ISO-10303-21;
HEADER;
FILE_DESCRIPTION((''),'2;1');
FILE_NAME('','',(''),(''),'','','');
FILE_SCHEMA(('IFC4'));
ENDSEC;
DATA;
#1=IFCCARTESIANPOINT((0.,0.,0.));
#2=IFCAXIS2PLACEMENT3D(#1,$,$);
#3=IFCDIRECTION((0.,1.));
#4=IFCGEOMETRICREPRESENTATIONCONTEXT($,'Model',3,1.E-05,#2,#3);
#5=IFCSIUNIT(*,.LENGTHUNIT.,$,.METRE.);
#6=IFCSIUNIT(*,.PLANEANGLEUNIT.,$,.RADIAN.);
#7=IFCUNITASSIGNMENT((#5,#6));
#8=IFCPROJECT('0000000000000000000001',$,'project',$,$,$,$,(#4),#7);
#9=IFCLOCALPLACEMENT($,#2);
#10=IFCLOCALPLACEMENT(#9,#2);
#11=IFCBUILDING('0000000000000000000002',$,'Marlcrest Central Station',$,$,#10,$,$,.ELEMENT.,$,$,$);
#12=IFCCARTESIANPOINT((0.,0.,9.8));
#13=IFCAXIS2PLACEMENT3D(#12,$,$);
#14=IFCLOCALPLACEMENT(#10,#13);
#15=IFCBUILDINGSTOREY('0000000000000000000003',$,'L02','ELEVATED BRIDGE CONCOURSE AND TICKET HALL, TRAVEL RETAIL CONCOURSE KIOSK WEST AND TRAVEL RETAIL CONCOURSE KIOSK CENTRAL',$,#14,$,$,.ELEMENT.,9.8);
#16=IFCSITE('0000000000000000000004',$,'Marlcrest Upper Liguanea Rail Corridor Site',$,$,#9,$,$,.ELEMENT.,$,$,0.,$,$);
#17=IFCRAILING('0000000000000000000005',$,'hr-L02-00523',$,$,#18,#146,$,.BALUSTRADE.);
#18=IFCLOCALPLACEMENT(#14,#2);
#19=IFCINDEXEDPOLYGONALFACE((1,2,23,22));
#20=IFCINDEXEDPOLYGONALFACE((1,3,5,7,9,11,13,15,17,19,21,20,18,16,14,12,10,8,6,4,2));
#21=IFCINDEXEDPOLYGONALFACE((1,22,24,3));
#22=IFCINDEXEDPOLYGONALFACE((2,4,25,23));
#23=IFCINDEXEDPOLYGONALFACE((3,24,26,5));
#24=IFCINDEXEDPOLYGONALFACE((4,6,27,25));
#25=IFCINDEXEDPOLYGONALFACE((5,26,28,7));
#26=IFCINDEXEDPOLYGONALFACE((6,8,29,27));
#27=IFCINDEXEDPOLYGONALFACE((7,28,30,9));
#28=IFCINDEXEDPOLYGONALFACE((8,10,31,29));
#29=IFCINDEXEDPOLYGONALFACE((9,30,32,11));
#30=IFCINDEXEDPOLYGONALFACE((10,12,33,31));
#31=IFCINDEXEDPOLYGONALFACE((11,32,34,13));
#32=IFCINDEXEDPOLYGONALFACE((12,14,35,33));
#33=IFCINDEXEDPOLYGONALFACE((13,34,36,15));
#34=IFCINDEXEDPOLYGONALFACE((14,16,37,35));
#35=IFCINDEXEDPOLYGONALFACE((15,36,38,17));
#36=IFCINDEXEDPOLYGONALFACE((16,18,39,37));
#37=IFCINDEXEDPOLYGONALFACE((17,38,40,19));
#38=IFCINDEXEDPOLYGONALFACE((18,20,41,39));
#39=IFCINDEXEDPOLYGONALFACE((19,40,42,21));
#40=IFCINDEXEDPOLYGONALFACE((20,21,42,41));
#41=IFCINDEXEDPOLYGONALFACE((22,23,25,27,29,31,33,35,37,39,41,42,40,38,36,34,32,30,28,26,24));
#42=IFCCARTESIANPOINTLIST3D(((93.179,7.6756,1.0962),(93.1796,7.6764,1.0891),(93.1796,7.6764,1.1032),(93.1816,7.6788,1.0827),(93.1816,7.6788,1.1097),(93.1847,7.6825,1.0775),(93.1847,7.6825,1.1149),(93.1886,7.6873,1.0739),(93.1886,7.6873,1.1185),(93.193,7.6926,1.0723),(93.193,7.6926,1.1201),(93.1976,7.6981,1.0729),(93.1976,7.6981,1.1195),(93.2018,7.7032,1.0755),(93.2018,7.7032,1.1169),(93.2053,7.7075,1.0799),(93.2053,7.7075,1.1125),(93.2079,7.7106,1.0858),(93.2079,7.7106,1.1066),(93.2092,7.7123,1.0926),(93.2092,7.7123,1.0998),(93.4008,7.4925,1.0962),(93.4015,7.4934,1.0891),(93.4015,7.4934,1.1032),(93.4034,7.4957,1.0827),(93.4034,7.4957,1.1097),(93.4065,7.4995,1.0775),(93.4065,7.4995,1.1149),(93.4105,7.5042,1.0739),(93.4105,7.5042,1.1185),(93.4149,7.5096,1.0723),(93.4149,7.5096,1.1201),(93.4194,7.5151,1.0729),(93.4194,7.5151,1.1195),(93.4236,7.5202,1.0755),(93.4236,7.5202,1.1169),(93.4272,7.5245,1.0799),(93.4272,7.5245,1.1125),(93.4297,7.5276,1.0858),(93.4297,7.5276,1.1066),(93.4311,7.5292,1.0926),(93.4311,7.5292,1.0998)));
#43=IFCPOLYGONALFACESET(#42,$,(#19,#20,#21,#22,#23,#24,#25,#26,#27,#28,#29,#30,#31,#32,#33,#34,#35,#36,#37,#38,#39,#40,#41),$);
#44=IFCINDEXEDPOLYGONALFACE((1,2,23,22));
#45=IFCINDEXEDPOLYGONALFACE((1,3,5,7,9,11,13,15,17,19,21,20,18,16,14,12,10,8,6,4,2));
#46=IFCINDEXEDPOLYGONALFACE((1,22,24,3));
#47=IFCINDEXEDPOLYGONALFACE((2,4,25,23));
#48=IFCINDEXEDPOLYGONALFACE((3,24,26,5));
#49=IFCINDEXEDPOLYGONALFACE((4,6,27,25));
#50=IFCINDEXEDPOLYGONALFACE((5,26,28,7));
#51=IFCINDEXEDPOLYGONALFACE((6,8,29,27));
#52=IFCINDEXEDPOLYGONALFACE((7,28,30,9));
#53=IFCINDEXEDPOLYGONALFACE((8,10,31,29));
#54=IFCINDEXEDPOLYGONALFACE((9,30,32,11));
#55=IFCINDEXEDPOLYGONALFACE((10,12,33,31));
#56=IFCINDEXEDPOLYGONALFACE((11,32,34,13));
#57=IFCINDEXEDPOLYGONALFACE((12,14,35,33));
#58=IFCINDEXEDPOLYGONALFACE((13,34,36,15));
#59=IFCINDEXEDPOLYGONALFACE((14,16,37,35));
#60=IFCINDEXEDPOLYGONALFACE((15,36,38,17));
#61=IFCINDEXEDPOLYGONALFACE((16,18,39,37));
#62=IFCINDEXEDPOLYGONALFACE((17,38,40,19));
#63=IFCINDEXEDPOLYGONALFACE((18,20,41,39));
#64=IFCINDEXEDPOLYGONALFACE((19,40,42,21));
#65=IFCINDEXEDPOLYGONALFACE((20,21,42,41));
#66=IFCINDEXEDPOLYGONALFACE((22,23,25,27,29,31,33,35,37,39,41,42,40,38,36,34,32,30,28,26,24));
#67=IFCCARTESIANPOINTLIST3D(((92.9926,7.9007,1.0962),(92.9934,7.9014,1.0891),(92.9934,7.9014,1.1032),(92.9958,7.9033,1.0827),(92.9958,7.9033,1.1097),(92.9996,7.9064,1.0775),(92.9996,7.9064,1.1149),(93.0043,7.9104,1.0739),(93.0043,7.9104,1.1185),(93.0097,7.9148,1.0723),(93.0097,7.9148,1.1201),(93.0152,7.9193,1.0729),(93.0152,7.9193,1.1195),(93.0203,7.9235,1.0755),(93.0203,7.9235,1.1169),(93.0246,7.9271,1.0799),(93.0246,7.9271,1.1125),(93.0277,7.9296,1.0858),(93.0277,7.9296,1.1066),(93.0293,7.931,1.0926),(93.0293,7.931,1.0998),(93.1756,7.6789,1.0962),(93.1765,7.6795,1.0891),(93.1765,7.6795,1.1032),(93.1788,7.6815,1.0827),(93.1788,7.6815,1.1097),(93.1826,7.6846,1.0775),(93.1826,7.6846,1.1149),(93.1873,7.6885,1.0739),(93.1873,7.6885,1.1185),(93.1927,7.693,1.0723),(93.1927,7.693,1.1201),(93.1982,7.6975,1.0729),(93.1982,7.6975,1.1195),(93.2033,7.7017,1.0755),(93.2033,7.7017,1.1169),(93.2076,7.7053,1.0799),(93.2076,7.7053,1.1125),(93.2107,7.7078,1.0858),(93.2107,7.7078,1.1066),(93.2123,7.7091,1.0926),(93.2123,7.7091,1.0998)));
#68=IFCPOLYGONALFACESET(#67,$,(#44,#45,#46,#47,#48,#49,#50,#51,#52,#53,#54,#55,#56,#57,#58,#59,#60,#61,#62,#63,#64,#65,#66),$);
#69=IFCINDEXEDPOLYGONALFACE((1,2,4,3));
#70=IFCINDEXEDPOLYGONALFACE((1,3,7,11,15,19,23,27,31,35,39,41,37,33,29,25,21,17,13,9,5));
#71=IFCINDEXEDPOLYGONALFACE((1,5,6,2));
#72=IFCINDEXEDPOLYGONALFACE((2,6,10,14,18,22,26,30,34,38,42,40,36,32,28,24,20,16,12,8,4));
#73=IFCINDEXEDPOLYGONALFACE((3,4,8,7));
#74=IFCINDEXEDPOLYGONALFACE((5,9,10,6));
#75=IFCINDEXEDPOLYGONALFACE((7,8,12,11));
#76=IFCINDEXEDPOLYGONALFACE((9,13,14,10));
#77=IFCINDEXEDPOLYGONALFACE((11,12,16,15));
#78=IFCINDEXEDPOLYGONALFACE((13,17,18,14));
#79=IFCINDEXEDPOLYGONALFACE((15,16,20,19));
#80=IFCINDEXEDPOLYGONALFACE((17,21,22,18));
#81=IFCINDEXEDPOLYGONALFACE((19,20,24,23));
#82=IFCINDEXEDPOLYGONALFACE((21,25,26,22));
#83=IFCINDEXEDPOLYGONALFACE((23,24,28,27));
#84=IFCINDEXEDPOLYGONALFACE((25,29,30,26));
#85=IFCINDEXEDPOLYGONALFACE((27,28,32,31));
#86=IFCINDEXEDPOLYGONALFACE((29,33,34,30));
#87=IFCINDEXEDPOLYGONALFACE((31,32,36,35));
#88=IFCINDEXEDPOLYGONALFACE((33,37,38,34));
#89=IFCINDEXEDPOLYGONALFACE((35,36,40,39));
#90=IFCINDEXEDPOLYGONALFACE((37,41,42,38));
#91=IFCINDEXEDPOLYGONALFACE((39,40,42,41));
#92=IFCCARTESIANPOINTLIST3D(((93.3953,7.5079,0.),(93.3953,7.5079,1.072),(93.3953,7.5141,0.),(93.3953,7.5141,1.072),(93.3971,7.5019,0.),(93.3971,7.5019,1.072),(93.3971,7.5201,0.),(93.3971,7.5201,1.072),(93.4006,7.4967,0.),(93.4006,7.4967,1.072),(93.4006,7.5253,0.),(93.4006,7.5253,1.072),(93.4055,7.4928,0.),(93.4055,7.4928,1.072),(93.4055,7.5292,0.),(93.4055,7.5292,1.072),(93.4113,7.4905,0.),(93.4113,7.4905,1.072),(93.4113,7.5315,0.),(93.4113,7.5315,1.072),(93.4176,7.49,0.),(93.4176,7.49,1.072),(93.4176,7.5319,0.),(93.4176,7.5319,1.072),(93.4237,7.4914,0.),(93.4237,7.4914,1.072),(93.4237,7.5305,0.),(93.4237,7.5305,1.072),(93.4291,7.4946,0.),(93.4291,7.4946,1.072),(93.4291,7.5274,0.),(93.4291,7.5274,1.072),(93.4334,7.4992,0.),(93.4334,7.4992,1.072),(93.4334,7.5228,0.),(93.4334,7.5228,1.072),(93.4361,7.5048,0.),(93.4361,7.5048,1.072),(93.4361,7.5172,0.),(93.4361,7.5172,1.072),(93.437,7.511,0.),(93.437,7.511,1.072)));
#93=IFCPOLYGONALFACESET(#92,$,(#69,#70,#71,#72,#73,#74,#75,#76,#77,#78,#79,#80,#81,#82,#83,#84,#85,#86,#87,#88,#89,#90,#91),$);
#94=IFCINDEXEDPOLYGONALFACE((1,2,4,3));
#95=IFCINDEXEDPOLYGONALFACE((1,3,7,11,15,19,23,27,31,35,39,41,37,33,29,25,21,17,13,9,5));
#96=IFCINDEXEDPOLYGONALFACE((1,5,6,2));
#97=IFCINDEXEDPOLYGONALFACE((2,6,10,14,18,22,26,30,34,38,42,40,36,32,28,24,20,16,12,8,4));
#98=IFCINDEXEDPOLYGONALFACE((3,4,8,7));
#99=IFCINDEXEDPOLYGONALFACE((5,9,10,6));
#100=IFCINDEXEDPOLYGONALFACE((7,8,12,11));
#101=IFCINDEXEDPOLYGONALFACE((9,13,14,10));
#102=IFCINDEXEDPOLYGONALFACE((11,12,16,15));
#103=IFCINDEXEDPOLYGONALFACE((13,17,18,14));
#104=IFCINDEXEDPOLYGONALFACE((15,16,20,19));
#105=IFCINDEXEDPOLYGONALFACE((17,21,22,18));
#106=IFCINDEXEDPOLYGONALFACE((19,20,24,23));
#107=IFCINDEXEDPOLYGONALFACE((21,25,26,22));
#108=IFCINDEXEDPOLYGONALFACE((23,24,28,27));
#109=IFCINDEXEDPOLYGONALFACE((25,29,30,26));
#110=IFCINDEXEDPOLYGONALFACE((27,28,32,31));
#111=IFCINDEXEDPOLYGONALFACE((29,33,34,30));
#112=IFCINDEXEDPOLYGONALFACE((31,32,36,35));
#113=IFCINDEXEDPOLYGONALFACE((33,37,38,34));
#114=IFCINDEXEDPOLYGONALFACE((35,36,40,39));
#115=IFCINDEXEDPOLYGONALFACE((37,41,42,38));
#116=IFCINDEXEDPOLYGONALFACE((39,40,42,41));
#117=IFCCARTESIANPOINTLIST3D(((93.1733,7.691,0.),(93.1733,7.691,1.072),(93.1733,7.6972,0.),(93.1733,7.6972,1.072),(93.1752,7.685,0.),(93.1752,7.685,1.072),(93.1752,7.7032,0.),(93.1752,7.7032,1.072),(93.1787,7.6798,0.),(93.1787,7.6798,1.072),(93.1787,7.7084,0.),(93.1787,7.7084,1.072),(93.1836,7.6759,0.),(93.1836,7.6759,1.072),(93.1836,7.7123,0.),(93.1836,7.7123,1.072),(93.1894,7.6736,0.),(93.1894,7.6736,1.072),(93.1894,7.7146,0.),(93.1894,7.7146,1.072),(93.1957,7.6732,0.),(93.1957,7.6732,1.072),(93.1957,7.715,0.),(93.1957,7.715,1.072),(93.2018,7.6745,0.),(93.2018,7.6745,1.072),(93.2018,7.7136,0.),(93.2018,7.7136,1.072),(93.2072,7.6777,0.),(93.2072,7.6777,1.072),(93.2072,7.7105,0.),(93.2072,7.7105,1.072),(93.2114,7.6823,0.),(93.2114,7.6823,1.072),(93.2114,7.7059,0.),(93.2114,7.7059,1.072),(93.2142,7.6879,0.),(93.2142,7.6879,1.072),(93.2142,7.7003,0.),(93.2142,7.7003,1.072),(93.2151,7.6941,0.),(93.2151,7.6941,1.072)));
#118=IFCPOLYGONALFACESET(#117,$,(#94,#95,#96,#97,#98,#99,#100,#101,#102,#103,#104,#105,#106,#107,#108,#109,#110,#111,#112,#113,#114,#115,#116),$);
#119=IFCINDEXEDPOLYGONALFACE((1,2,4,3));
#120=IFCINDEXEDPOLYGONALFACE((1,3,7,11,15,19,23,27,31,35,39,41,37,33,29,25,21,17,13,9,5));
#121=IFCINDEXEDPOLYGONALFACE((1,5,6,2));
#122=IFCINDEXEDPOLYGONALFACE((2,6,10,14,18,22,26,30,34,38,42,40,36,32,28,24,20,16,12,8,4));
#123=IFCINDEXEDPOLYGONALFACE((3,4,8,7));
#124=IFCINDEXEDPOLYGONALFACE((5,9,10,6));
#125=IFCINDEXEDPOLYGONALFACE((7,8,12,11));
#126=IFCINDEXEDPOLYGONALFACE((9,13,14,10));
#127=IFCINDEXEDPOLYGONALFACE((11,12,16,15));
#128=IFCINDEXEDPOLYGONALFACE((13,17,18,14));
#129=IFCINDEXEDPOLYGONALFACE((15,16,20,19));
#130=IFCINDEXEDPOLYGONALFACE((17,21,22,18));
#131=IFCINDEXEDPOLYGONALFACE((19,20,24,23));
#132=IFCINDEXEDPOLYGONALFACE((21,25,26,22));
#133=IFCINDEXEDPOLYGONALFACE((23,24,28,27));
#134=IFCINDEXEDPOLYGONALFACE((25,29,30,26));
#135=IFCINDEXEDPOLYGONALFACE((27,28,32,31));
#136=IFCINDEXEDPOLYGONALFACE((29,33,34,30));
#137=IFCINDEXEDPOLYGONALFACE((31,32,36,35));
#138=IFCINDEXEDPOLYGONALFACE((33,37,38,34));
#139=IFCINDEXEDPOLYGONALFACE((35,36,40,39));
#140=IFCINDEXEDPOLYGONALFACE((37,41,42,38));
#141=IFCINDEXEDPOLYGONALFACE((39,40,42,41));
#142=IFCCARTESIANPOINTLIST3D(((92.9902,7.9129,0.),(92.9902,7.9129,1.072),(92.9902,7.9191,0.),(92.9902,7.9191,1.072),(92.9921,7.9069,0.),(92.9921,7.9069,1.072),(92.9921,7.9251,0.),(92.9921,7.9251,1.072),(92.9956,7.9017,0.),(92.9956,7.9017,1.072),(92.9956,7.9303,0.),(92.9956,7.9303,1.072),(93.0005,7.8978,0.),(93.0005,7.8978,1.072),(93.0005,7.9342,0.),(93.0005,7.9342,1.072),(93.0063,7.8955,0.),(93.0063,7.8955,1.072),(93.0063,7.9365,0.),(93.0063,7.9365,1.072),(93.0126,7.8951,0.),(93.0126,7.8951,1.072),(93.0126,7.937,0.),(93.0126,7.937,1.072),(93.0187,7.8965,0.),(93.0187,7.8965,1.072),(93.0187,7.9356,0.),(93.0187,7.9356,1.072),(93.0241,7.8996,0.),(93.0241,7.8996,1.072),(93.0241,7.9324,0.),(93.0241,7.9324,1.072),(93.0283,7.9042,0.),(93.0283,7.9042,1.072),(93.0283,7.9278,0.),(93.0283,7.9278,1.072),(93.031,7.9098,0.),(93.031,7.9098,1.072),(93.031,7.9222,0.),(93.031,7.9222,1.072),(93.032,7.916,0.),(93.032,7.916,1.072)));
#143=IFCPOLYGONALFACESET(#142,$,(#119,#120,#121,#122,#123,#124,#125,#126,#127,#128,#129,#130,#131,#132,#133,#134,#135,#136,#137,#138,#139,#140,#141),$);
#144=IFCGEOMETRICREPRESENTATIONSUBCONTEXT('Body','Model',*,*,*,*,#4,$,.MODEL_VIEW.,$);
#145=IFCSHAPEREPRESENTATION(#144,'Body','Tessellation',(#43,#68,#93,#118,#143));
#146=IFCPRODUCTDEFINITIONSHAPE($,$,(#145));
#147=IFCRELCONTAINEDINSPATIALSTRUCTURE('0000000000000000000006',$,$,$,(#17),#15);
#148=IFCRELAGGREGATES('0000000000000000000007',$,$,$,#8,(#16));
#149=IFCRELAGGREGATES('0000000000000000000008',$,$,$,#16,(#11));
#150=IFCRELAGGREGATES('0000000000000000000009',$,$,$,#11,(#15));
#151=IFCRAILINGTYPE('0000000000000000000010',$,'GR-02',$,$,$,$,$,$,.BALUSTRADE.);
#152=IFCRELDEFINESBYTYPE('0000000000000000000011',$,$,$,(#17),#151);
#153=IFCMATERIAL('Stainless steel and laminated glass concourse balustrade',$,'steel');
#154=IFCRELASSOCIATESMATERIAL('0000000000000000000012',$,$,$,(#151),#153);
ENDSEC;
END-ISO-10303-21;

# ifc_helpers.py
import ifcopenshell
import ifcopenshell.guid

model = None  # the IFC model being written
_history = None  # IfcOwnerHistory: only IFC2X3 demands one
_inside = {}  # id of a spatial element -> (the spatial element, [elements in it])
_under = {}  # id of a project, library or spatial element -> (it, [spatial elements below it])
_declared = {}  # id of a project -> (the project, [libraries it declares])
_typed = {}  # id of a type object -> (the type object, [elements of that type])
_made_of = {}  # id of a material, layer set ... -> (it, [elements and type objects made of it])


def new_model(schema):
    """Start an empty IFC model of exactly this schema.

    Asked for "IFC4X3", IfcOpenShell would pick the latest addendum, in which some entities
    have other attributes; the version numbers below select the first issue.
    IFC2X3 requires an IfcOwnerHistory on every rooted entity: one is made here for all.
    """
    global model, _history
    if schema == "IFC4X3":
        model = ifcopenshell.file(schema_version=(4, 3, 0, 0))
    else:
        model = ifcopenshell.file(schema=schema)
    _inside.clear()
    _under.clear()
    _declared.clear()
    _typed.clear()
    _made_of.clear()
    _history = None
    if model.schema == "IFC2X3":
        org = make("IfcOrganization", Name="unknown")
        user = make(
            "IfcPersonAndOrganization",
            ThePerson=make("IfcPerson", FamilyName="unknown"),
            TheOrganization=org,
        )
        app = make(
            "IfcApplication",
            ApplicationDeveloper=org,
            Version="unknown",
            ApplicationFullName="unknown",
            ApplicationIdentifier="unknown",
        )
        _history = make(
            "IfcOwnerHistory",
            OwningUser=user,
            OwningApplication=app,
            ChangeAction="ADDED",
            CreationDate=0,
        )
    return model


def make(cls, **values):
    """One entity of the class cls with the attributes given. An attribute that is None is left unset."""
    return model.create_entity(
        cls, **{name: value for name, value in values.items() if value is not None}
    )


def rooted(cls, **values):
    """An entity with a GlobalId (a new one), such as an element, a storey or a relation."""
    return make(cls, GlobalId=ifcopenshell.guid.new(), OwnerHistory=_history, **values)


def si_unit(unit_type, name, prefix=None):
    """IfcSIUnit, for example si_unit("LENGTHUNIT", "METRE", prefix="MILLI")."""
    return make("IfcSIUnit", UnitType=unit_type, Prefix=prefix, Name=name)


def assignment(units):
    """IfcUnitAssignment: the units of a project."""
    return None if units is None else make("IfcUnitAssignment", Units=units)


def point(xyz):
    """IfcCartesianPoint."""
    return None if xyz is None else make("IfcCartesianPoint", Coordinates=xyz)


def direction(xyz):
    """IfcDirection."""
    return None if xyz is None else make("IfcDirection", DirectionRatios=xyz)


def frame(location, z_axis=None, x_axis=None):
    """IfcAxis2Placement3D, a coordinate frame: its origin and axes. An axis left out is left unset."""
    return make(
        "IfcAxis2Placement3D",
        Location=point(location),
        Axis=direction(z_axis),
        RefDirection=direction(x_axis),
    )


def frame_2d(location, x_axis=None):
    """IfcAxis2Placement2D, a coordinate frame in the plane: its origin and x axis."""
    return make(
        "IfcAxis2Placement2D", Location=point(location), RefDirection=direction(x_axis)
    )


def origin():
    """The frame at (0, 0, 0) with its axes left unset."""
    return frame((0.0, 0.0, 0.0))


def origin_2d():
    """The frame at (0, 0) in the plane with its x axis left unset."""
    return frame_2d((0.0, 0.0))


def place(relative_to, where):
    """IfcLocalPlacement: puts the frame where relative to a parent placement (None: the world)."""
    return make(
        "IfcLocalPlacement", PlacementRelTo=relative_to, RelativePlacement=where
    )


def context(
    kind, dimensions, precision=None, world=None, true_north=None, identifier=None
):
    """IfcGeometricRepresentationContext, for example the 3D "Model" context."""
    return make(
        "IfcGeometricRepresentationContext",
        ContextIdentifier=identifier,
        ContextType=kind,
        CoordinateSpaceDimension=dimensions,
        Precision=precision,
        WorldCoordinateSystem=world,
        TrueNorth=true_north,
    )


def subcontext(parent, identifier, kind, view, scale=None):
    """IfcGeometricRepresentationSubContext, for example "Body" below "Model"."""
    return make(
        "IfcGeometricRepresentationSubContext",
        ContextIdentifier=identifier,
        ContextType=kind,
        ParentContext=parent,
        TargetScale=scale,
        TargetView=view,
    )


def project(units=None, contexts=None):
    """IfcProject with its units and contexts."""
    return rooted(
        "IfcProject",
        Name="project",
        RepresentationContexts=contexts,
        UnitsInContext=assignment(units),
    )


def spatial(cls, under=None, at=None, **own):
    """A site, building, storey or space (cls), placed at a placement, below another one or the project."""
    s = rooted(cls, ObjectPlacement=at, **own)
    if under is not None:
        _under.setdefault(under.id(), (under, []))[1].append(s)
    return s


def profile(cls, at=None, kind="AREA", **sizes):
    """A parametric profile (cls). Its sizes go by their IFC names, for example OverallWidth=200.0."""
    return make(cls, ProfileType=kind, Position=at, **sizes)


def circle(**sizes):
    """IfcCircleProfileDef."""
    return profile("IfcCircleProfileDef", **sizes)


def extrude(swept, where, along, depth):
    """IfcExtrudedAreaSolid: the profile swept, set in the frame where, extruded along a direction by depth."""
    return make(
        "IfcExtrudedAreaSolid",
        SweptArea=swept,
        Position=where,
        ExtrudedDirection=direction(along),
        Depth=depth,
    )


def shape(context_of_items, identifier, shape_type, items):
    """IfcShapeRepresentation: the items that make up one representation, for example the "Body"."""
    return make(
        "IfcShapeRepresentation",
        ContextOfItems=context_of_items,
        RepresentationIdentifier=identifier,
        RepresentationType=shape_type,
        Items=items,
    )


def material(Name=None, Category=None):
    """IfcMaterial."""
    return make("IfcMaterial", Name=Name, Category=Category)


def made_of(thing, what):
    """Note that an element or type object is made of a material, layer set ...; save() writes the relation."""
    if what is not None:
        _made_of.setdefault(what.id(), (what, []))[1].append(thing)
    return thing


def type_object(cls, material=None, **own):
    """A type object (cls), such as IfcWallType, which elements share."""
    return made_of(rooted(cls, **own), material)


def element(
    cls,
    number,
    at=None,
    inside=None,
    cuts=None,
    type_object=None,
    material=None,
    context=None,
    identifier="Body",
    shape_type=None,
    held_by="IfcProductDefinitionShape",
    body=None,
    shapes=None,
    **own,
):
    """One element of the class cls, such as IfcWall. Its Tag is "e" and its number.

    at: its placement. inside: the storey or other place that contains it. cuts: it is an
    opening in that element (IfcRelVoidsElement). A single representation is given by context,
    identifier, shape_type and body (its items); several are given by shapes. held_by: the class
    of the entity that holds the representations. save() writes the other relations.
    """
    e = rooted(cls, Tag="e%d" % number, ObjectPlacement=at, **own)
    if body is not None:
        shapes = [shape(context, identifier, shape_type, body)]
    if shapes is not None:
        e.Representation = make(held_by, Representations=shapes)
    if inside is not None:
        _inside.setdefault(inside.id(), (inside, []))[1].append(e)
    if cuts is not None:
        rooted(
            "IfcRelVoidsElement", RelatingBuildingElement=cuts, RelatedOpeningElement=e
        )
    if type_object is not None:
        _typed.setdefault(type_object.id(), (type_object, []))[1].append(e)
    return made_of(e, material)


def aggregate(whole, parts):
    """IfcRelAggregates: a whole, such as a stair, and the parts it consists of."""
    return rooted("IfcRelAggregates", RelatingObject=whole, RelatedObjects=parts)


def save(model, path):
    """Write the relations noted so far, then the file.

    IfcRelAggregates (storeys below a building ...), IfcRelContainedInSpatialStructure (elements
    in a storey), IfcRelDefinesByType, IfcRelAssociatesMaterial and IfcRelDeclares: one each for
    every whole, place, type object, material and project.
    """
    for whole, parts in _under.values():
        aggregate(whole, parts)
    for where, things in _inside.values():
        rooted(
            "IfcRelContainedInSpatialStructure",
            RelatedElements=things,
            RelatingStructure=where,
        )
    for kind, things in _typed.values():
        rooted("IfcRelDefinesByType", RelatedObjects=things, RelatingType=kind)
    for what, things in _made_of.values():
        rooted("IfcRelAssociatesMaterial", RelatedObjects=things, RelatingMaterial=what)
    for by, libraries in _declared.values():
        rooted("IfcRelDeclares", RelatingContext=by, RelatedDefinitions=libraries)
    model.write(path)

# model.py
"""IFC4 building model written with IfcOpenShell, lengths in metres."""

from ifc_helpers import new_model, si_unit, direction, frame, origin, origin_2d, place, context, subcontext, project, spatial, circle, extrude, material, type_object, element, save


model = new_model("IFC4")

# Units and contexts
model_context = context("Model", 3, precision=1e-05, world=origin(), true_north=direction((0.0, 1.0)))
body_context = subcontext(model_context, "Body", "Model", "MODEL_VIEW")
ifc_project = project(units=[si_unit("LENGTHUNIT", "METRE"), si_unit("PLANEANGLEUNIT", "RADIAN")], contexts=[model_context])

# Site, building, storey
site_placement = place(None, origin())
site = spatial("IfcSite", under=ifc_project, at=site_placement, Name="Marlcrest Upper Liguanea Rail Corridor Site", CompositionType="ELEMENT", RefElevation=0.0)
building_placement = place(site_placement, origin())
building = spatial("IfcBuilding", under=site, at=building_placement, Name="Marlcrest Central Station", CompositionType="ELEMENT")
storey_placement = place(building_placement, frame((0.0, 0.0, 9.8)))
storey = spatial("IfcBuildingStorey", under=building, at=storey_placement, Name="L02", Description="ELEVATED BRIDGE CONCOURSE AND TICKET HALL, TRAVEL RETAIL CONCOURSE KIOSK WEST AND TRAVEL RETAIL CONCOURSE KIOSK CENTRAL", CompositionType="ELEMENT", Elevation=9.8)

# Railing
ifc_material_1 = material(Name="Stainless steel and laminated glass concourse balustrade", Category="steel")
railing_type = type_object("IfcRailingType", Name="GR-02", PredefinedType="BALUSTRADE", material=ifc_material_1)
railing_1_placement = place(storey_placement, frame((93.416, 7.511, 0.0)))
element("IfcRailing", 1, at=railing_1_placement, inside=storey, type_object=railing_type, Name="hr-L02-00523", PredefinedType="BALUSTRADE", context=body_context, shape_type="SweptSolid", body=[
    extrude(circle(Radius=0.0239, at=origin_2d()), frame((0.0, 0.0, 1.0962), z_axis=(-0.771342, 0.636421, 0.0), x_axis=(-0.636421, -0.771342, 0.0)), (0.0, 0.0, 1.0), 0.2876),
    extrude(circle(Radius=0.0239, at=origin_2d()), frame((-0.2219, 0.1831, 1.0962), z_axis=(-0.636421, 0.771342, 0.0), x_axis=(-0.771342, -0.636421, 0.0)), (0.0, 0.0, 1.0), 0.2876),
    extrude(circle(Radius=0.021, at=origin_2d()), origin(), (0.0, 0.0, 1.0), 1.072),
    extrude(circle(Radius=0.021, at=origin_2d()), frame((-0.2219, 0.1831, 0.0)), (0.0, 0.0, 1.0), 1.072),
    extrude(circle(Radius=0.021, at=origin_2d()), frame((-0.405, 0.405, 0.0)), (0.0, 0.0, 1.0), 1.072),
])

save(model, "model.ifc")
